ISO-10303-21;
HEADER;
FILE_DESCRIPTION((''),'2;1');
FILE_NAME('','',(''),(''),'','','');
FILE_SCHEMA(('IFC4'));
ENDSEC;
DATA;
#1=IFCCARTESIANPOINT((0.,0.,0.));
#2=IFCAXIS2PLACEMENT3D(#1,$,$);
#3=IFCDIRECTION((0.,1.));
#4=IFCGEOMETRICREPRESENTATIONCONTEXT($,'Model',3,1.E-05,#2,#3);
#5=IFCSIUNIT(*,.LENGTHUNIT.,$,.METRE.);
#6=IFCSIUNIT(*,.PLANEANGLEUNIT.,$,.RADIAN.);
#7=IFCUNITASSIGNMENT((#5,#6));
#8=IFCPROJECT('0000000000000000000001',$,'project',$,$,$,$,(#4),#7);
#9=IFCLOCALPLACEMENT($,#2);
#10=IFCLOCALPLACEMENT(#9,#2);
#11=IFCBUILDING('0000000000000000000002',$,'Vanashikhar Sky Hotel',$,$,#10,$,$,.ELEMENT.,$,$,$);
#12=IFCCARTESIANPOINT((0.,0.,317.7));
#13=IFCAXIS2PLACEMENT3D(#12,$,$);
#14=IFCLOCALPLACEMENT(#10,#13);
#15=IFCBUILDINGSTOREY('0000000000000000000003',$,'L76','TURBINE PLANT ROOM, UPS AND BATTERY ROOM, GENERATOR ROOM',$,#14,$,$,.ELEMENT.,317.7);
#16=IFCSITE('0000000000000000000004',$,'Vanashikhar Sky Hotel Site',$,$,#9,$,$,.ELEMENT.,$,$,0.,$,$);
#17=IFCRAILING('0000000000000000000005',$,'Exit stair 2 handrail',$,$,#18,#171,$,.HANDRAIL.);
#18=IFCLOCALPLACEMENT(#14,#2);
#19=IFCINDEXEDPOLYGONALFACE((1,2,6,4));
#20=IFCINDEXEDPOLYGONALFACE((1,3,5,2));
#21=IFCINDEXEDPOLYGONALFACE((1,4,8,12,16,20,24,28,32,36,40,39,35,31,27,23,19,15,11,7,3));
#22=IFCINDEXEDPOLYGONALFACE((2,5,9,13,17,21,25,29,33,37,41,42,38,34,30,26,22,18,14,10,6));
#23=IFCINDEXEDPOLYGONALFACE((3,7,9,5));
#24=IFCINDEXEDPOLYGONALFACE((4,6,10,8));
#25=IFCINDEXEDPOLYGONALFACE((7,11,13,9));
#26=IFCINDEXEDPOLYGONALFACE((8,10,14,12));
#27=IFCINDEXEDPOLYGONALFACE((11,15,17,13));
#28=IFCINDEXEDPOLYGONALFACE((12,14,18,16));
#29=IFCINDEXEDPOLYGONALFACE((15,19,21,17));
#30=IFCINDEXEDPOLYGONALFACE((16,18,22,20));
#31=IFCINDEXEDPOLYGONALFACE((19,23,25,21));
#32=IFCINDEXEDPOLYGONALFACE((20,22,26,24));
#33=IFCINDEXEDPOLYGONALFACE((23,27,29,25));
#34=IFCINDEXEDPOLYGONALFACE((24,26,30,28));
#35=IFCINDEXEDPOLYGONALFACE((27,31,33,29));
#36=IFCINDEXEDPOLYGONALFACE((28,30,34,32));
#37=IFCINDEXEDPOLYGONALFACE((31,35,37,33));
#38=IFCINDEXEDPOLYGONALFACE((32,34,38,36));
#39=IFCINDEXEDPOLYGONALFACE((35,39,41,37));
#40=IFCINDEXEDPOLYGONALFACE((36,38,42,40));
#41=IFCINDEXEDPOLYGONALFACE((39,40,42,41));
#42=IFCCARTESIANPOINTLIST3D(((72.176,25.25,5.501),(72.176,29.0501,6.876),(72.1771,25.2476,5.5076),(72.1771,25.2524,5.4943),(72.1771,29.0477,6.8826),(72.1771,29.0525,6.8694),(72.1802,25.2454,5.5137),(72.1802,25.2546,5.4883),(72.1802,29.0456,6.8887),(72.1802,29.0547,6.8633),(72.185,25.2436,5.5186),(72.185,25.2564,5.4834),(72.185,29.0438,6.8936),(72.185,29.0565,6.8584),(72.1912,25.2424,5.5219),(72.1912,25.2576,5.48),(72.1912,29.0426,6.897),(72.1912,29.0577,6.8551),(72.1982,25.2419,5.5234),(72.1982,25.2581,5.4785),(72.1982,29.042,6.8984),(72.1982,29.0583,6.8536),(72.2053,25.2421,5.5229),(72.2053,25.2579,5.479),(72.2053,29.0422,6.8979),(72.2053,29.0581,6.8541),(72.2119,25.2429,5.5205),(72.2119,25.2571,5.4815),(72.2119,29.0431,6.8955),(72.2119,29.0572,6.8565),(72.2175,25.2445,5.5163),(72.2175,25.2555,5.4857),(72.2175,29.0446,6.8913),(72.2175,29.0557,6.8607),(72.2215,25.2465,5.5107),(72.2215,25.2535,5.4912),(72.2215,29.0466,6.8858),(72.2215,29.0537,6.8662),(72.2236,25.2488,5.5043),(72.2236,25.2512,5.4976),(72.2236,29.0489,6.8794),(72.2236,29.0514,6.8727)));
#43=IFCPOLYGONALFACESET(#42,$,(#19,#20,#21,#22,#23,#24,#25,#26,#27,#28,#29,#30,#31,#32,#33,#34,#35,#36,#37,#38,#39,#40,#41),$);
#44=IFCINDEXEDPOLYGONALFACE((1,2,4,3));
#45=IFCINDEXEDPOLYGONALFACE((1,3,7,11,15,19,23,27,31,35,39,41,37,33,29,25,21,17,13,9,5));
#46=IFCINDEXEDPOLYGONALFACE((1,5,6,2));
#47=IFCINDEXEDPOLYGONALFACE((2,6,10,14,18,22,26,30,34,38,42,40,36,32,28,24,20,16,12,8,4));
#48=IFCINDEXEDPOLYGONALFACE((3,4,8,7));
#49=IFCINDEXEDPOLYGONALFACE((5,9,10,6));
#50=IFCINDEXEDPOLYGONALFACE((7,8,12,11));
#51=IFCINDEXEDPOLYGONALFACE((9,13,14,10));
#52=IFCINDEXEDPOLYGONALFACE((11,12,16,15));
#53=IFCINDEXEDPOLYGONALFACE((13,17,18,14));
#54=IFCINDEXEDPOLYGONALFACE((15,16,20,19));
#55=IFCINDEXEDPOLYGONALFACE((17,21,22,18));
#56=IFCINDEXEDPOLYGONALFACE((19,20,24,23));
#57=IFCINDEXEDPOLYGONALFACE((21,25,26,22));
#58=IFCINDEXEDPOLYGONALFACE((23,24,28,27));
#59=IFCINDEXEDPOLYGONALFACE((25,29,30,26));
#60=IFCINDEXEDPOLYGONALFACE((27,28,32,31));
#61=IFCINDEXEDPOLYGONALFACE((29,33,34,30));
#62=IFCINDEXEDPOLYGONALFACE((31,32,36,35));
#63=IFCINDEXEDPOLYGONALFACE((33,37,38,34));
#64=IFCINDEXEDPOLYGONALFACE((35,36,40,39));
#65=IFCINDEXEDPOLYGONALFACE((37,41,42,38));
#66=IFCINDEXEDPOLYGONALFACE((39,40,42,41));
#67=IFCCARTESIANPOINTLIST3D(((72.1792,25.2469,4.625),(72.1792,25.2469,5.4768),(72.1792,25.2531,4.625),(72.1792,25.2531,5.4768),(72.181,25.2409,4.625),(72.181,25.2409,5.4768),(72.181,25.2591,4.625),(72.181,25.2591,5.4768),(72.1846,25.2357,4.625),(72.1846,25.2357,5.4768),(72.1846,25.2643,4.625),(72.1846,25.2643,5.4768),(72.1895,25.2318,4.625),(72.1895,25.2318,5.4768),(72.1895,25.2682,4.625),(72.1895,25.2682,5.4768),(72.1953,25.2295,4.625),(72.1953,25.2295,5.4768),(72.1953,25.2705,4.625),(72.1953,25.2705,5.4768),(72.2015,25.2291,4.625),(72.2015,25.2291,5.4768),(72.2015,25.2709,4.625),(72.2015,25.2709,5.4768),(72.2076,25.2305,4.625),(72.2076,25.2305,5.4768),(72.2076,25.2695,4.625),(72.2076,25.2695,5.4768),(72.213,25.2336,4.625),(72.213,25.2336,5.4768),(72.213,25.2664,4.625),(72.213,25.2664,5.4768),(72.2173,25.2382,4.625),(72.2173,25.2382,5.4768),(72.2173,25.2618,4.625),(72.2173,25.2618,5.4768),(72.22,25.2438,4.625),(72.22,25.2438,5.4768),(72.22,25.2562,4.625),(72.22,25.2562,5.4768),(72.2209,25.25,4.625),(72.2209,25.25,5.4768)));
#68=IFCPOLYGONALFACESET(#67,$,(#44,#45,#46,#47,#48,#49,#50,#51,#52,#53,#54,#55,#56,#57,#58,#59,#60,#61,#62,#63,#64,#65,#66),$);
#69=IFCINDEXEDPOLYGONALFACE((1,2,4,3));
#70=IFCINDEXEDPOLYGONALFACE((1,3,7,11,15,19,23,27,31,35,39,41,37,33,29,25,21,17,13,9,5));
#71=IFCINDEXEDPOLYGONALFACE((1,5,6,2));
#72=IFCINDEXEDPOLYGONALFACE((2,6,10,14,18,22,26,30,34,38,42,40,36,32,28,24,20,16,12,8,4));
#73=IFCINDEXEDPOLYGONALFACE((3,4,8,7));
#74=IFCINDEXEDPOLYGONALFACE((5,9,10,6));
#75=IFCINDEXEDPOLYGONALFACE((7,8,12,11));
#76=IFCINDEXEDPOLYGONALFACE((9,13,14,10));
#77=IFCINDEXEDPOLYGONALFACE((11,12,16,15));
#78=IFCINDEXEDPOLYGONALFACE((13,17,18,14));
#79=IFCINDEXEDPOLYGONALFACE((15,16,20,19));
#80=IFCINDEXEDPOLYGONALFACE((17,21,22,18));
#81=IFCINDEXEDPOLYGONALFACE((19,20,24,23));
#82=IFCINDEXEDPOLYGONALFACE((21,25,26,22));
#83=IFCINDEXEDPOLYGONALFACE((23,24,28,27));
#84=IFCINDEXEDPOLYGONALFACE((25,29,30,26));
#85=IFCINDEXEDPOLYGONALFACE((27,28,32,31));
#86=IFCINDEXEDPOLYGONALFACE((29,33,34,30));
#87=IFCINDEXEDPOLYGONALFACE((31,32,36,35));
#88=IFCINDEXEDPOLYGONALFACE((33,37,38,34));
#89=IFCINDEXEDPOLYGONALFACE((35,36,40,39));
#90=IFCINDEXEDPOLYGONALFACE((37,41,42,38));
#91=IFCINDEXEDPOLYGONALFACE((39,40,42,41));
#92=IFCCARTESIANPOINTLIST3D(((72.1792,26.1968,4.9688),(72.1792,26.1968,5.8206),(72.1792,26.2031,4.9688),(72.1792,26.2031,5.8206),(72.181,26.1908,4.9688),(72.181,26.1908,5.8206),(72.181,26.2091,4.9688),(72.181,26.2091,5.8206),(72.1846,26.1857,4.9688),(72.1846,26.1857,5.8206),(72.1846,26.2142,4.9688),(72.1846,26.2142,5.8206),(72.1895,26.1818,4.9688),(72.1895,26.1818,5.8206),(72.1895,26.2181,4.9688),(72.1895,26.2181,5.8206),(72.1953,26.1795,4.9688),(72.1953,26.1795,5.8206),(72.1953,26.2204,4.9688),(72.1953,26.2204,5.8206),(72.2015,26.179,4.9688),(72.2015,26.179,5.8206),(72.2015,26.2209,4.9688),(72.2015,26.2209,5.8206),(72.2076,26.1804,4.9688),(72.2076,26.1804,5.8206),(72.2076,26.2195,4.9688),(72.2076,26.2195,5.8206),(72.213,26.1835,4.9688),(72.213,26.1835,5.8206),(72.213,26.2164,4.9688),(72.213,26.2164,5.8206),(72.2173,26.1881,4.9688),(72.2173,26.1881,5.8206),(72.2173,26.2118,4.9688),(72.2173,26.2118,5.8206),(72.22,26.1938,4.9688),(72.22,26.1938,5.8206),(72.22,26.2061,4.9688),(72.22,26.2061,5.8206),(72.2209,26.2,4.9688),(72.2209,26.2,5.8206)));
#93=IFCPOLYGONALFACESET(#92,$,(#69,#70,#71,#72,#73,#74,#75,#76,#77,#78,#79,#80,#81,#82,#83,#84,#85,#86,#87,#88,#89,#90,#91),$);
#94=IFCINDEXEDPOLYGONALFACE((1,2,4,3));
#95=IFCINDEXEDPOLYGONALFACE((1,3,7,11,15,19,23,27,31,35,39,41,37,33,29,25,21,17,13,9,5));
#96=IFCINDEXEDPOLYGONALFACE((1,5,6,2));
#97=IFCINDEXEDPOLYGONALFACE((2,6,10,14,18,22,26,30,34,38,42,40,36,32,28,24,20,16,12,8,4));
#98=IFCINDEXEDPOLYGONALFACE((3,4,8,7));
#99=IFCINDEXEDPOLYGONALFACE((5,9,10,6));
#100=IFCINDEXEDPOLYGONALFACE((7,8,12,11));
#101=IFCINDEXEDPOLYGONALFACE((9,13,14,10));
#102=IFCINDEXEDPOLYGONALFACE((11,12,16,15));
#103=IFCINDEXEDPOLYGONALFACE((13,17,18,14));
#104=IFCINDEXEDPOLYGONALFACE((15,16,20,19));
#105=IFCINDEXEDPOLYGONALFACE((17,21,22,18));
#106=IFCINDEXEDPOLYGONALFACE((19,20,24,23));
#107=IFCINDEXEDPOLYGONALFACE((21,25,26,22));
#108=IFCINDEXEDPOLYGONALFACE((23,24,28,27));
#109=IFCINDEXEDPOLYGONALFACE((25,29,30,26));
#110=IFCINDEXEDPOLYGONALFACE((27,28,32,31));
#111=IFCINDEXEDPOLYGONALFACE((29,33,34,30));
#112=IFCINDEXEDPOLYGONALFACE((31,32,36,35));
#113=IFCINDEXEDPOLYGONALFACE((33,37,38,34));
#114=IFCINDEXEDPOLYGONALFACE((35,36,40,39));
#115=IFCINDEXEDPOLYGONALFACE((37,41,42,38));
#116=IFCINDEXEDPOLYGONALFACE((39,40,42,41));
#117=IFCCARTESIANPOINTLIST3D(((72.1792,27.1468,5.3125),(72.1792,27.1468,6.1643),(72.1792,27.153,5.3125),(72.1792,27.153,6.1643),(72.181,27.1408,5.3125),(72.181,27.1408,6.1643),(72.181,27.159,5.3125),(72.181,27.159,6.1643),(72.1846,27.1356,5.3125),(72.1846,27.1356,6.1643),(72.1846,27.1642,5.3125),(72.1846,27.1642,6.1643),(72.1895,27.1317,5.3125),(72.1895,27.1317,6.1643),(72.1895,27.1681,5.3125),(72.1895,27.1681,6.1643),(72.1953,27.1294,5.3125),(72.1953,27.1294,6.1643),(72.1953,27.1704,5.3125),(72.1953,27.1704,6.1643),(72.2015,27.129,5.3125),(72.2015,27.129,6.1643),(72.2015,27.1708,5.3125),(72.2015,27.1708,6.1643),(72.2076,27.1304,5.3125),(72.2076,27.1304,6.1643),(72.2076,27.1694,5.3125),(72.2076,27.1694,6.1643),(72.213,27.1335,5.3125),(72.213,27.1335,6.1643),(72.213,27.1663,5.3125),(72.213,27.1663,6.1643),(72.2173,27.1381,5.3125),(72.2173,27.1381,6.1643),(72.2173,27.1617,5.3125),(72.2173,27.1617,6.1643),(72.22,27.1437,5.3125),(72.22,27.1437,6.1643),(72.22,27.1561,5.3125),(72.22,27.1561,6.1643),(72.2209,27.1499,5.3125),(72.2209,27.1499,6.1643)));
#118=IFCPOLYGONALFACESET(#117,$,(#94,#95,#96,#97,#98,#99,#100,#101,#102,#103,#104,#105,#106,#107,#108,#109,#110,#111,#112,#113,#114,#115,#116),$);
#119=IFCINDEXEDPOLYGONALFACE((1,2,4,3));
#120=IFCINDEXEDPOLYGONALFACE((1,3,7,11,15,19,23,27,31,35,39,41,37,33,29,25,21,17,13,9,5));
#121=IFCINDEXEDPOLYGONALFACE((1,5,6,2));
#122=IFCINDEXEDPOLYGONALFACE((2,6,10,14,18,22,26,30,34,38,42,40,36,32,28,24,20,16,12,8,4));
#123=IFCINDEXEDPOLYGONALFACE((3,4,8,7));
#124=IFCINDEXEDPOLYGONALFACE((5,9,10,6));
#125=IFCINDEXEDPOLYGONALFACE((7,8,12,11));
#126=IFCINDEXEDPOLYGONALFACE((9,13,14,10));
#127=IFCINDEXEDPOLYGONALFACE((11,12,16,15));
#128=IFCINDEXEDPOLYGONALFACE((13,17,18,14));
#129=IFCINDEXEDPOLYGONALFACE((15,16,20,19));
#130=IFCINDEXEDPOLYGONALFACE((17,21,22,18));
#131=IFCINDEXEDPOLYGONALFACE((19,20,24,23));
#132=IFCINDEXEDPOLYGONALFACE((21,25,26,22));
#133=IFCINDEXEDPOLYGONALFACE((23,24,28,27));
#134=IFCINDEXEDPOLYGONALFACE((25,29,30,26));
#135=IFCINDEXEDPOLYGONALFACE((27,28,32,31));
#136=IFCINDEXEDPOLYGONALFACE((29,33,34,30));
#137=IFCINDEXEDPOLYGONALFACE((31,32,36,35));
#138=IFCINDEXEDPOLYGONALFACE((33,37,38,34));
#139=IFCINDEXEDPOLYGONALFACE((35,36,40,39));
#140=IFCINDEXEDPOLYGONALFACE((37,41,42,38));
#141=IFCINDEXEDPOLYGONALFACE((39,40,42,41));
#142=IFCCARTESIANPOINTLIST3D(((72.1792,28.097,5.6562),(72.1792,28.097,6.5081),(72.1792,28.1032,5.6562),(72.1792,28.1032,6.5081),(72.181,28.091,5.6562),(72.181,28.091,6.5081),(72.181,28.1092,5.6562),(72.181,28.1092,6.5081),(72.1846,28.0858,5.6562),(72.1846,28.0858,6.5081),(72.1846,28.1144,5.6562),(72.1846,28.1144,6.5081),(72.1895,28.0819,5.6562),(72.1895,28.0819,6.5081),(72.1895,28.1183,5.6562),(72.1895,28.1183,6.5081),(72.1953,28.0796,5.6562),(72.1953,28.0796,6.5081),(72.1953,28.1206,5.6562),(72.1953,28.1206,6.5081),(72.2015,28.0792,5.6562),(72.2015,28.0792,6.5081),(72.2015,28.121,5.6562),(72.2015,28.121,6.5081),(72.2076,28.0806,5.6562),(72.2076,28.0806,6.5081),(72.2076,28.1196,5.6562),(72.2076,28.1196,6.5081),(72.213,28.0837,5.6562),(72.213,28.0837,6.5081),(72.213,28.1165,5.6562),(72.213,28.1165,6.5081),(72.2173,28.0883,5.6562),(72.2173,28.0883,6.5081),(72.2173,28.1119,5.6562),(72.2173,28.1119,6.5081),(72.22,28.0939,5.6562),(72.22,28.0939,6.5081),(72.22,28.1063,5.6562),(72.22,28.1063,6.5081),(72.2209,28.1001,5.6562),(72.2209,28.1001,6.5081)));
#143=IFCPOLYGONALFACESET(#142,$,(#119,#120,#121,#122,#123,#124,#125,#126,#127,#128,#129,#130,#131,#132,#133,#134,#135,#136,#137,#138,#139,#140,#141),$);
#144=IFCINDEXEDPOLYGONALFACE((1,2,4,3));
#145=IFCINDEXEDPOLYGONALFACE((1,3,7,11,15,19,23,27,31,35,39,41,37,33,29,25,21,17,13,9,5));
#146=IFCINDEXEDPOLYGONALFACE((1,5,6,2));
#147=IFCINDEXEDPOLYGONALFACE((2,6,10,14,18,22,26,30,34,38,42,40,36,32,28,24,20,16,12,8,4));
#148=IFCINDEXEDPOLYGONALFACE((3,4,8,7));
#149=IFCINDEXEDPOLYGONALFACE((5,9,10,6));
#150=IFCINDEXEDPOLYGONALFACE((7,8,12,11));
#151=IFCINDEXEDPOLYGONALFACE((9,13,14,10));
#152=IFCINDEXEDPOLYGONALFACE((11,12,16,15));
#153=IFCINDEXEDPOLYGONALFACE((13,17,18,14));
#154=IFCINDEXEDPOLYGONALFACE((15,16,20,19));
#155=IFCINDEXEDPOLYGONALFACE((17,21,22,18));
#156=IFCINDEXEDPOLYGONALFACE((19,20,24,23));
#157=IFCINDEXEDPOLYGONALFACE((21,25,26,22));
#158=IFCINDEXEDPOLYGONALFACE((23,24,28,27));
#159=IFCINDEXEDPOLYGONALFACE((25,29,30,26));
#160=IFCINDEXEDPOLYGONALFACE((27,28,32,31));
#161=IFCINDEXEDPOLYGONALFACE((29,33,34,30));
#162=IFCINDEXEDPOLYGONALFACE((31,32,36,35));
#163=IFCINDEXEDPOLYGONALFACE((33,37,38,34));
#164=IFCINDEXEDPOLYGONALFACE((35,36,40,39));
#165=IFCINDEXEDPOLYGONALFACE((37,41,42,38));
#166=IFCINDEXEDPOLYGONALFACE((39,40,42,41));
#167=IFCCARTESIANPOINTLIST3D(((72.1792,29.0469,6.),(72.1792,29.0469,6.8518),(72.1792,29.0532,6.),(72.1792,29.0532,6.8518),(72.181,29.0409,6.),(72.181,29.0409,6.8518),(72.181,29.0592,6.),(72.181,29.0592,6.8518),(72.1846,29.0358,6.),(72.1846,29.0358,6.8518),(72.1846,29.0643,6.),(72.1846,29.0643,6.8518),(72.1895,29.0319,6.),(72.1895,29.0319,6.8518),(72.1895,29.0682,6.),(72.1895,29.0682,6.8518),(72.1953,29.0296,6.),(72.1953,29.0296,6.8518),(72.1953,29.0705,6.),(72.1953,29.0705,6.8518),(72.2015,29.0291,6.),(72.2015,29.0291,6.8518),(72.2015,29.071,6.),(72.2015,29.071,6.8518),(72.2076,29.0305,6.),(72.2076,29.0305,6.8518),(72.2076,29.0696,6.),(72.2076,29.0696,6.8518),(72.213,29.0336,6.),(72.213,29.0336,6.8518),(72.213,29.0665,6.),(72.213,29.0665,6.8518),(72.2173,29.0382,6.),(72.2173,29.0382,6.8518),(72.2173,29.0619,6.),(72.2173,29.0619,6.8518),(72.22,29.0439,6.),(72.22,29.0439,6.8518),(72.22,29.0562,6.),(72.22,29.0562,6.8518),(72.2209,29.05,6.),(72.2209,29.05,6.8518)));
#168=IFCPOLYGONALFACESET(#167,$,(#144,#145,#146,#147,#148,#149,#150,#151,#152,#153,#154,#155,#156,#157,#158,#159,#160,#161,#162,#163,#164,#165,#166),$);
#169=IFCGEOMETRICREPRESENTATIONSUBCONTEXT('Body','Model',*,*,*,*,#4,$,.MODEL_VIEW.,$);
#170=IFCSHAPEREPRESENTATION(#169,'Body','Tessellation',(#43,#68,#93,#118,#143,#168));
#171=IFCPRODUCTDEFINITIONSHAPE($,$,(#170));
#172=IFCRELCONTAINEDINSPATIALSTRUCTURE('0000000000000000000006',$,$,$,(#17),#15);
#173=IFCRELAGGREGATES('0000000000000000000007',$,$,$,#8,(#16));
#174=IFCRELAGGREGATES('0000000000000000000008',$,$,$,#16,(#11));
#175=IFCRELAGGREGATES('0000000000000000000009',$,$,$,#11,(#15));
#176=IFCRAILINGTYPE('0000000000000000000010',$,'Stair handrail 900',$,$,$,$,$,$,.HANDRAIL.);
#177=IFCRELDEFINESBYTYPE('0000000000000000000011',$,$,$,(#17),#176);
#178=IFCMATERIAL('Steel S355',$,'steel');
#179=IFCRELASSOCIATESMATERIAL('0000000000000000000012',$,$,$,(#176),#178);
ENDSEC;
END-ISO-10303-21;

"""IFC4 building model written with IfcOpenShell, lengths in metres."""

from ifc_helpers import new_model, si_unit, direction, frame, origin, origin_2d, place, context, subcontext, project, spatial, circle, extrude, source, transform, mapped, material, type_object, element, save


model = new_model("IFC4")

# Units and contexts
model_context = context("Model", 3, precision=1e-05, world=origin(), true_north=direction((0.0, 1.0)))
body_context = subcontext(model_context, "Body", "Model", "MODEL_VIEW")
ifc_project = project(units=[si_unit("LENGTHUNIT", "METRE"), si_unit("PLANEANGLEUNIT", "RADIAN")], contexts=[model_context])

# Site, building, storey
site_placement = place(None, origin())
site = spatial("IfcSite", under=ifc_project, at=site_placement, Name="Vanashikhar Sky Hotel Site", CompositionType="ELEMENT", RefElevation=0.0)
building_placement = place(site_placement, origin())
building = spatial("IfcBuilding", under=site, at=building_placement, Name="Vanashikhar Sky Hotel", CompositionType="ELEMENT")
storey_placement = place(building_placement, frame((0.0, 0.0, 317.7)))
storey = spatial("IfcBuildingStorey", under=building, at=storey_placement, Name="L76", Description="TURBINE PLANT ROOM, UPS AND BATTERY ROOM, GENERATOR ROOM", CompositionType="ELEMENT", Elevation=317.7)

# Railing
ifc_material_1 = material(Name="Steel S355", Category="steel")
railing_type = type_object("IfcRailingType", Name="Stair handrail 900", PredefinedType="HANDRAIL", material=ifc_material_1)
shared_shape_1 = source(origin(), body_context, "Body", "SweptSolid", [
    extrude(circle(Radius=0.0239, at=origin_2d()), frame((0.0, 0.0, 0.876), z_axis=(0.0, 0.940336, 0.340249), x_axis=(-1.0, 0.0, 0.0)), (0.0, 0.0, 1.0), 4.0413),
    extrude(circle(Radius=0.021, at=origin_2d()), origin(), (0.0, 0.0, 1.0), 0.8518),
    extrude(circle(Radius=0.021, at=origin_2d()), frame((0.0, 0.95, 0.3438)), (0.0, 0.0, 1.0), 0.8518),
    extrude(circle(Radius=0.021, at=origin_2d()), frame((0.0, 1.8999, 0.6875)), (0.0, 0.0, 1.0), 0.8518),
    extrude(circle(Radius=0.021, at=origin_2d()), frame((0.0, 2.8501, 1.0312)), (0.0, 0.0, 1.0), 0.8518),
    extrude(circle(Radius=0.021, at=origin_2d()), frame((0.0, 3.8, 1.375)), (0.0, 0.0, 1.0), 0.8518),
])
for number, where, name in (
    (1, (72.2, 25.25, 4.625), "Exit stair 2 handrail"),
):
    element("IfcRailing", number, at=place(storey_placement, frame(where)), inside=storey, type_object=railing_type, Name=name, PredefinedType="HANDRAIL", context=body_context, shape_type="MappedRepresentation", body=[
        mapped(shared_shape_1, transform((0.0, 0.0, 0.0), scale=1.0)),
    ])

save(model, "model.ifc")
